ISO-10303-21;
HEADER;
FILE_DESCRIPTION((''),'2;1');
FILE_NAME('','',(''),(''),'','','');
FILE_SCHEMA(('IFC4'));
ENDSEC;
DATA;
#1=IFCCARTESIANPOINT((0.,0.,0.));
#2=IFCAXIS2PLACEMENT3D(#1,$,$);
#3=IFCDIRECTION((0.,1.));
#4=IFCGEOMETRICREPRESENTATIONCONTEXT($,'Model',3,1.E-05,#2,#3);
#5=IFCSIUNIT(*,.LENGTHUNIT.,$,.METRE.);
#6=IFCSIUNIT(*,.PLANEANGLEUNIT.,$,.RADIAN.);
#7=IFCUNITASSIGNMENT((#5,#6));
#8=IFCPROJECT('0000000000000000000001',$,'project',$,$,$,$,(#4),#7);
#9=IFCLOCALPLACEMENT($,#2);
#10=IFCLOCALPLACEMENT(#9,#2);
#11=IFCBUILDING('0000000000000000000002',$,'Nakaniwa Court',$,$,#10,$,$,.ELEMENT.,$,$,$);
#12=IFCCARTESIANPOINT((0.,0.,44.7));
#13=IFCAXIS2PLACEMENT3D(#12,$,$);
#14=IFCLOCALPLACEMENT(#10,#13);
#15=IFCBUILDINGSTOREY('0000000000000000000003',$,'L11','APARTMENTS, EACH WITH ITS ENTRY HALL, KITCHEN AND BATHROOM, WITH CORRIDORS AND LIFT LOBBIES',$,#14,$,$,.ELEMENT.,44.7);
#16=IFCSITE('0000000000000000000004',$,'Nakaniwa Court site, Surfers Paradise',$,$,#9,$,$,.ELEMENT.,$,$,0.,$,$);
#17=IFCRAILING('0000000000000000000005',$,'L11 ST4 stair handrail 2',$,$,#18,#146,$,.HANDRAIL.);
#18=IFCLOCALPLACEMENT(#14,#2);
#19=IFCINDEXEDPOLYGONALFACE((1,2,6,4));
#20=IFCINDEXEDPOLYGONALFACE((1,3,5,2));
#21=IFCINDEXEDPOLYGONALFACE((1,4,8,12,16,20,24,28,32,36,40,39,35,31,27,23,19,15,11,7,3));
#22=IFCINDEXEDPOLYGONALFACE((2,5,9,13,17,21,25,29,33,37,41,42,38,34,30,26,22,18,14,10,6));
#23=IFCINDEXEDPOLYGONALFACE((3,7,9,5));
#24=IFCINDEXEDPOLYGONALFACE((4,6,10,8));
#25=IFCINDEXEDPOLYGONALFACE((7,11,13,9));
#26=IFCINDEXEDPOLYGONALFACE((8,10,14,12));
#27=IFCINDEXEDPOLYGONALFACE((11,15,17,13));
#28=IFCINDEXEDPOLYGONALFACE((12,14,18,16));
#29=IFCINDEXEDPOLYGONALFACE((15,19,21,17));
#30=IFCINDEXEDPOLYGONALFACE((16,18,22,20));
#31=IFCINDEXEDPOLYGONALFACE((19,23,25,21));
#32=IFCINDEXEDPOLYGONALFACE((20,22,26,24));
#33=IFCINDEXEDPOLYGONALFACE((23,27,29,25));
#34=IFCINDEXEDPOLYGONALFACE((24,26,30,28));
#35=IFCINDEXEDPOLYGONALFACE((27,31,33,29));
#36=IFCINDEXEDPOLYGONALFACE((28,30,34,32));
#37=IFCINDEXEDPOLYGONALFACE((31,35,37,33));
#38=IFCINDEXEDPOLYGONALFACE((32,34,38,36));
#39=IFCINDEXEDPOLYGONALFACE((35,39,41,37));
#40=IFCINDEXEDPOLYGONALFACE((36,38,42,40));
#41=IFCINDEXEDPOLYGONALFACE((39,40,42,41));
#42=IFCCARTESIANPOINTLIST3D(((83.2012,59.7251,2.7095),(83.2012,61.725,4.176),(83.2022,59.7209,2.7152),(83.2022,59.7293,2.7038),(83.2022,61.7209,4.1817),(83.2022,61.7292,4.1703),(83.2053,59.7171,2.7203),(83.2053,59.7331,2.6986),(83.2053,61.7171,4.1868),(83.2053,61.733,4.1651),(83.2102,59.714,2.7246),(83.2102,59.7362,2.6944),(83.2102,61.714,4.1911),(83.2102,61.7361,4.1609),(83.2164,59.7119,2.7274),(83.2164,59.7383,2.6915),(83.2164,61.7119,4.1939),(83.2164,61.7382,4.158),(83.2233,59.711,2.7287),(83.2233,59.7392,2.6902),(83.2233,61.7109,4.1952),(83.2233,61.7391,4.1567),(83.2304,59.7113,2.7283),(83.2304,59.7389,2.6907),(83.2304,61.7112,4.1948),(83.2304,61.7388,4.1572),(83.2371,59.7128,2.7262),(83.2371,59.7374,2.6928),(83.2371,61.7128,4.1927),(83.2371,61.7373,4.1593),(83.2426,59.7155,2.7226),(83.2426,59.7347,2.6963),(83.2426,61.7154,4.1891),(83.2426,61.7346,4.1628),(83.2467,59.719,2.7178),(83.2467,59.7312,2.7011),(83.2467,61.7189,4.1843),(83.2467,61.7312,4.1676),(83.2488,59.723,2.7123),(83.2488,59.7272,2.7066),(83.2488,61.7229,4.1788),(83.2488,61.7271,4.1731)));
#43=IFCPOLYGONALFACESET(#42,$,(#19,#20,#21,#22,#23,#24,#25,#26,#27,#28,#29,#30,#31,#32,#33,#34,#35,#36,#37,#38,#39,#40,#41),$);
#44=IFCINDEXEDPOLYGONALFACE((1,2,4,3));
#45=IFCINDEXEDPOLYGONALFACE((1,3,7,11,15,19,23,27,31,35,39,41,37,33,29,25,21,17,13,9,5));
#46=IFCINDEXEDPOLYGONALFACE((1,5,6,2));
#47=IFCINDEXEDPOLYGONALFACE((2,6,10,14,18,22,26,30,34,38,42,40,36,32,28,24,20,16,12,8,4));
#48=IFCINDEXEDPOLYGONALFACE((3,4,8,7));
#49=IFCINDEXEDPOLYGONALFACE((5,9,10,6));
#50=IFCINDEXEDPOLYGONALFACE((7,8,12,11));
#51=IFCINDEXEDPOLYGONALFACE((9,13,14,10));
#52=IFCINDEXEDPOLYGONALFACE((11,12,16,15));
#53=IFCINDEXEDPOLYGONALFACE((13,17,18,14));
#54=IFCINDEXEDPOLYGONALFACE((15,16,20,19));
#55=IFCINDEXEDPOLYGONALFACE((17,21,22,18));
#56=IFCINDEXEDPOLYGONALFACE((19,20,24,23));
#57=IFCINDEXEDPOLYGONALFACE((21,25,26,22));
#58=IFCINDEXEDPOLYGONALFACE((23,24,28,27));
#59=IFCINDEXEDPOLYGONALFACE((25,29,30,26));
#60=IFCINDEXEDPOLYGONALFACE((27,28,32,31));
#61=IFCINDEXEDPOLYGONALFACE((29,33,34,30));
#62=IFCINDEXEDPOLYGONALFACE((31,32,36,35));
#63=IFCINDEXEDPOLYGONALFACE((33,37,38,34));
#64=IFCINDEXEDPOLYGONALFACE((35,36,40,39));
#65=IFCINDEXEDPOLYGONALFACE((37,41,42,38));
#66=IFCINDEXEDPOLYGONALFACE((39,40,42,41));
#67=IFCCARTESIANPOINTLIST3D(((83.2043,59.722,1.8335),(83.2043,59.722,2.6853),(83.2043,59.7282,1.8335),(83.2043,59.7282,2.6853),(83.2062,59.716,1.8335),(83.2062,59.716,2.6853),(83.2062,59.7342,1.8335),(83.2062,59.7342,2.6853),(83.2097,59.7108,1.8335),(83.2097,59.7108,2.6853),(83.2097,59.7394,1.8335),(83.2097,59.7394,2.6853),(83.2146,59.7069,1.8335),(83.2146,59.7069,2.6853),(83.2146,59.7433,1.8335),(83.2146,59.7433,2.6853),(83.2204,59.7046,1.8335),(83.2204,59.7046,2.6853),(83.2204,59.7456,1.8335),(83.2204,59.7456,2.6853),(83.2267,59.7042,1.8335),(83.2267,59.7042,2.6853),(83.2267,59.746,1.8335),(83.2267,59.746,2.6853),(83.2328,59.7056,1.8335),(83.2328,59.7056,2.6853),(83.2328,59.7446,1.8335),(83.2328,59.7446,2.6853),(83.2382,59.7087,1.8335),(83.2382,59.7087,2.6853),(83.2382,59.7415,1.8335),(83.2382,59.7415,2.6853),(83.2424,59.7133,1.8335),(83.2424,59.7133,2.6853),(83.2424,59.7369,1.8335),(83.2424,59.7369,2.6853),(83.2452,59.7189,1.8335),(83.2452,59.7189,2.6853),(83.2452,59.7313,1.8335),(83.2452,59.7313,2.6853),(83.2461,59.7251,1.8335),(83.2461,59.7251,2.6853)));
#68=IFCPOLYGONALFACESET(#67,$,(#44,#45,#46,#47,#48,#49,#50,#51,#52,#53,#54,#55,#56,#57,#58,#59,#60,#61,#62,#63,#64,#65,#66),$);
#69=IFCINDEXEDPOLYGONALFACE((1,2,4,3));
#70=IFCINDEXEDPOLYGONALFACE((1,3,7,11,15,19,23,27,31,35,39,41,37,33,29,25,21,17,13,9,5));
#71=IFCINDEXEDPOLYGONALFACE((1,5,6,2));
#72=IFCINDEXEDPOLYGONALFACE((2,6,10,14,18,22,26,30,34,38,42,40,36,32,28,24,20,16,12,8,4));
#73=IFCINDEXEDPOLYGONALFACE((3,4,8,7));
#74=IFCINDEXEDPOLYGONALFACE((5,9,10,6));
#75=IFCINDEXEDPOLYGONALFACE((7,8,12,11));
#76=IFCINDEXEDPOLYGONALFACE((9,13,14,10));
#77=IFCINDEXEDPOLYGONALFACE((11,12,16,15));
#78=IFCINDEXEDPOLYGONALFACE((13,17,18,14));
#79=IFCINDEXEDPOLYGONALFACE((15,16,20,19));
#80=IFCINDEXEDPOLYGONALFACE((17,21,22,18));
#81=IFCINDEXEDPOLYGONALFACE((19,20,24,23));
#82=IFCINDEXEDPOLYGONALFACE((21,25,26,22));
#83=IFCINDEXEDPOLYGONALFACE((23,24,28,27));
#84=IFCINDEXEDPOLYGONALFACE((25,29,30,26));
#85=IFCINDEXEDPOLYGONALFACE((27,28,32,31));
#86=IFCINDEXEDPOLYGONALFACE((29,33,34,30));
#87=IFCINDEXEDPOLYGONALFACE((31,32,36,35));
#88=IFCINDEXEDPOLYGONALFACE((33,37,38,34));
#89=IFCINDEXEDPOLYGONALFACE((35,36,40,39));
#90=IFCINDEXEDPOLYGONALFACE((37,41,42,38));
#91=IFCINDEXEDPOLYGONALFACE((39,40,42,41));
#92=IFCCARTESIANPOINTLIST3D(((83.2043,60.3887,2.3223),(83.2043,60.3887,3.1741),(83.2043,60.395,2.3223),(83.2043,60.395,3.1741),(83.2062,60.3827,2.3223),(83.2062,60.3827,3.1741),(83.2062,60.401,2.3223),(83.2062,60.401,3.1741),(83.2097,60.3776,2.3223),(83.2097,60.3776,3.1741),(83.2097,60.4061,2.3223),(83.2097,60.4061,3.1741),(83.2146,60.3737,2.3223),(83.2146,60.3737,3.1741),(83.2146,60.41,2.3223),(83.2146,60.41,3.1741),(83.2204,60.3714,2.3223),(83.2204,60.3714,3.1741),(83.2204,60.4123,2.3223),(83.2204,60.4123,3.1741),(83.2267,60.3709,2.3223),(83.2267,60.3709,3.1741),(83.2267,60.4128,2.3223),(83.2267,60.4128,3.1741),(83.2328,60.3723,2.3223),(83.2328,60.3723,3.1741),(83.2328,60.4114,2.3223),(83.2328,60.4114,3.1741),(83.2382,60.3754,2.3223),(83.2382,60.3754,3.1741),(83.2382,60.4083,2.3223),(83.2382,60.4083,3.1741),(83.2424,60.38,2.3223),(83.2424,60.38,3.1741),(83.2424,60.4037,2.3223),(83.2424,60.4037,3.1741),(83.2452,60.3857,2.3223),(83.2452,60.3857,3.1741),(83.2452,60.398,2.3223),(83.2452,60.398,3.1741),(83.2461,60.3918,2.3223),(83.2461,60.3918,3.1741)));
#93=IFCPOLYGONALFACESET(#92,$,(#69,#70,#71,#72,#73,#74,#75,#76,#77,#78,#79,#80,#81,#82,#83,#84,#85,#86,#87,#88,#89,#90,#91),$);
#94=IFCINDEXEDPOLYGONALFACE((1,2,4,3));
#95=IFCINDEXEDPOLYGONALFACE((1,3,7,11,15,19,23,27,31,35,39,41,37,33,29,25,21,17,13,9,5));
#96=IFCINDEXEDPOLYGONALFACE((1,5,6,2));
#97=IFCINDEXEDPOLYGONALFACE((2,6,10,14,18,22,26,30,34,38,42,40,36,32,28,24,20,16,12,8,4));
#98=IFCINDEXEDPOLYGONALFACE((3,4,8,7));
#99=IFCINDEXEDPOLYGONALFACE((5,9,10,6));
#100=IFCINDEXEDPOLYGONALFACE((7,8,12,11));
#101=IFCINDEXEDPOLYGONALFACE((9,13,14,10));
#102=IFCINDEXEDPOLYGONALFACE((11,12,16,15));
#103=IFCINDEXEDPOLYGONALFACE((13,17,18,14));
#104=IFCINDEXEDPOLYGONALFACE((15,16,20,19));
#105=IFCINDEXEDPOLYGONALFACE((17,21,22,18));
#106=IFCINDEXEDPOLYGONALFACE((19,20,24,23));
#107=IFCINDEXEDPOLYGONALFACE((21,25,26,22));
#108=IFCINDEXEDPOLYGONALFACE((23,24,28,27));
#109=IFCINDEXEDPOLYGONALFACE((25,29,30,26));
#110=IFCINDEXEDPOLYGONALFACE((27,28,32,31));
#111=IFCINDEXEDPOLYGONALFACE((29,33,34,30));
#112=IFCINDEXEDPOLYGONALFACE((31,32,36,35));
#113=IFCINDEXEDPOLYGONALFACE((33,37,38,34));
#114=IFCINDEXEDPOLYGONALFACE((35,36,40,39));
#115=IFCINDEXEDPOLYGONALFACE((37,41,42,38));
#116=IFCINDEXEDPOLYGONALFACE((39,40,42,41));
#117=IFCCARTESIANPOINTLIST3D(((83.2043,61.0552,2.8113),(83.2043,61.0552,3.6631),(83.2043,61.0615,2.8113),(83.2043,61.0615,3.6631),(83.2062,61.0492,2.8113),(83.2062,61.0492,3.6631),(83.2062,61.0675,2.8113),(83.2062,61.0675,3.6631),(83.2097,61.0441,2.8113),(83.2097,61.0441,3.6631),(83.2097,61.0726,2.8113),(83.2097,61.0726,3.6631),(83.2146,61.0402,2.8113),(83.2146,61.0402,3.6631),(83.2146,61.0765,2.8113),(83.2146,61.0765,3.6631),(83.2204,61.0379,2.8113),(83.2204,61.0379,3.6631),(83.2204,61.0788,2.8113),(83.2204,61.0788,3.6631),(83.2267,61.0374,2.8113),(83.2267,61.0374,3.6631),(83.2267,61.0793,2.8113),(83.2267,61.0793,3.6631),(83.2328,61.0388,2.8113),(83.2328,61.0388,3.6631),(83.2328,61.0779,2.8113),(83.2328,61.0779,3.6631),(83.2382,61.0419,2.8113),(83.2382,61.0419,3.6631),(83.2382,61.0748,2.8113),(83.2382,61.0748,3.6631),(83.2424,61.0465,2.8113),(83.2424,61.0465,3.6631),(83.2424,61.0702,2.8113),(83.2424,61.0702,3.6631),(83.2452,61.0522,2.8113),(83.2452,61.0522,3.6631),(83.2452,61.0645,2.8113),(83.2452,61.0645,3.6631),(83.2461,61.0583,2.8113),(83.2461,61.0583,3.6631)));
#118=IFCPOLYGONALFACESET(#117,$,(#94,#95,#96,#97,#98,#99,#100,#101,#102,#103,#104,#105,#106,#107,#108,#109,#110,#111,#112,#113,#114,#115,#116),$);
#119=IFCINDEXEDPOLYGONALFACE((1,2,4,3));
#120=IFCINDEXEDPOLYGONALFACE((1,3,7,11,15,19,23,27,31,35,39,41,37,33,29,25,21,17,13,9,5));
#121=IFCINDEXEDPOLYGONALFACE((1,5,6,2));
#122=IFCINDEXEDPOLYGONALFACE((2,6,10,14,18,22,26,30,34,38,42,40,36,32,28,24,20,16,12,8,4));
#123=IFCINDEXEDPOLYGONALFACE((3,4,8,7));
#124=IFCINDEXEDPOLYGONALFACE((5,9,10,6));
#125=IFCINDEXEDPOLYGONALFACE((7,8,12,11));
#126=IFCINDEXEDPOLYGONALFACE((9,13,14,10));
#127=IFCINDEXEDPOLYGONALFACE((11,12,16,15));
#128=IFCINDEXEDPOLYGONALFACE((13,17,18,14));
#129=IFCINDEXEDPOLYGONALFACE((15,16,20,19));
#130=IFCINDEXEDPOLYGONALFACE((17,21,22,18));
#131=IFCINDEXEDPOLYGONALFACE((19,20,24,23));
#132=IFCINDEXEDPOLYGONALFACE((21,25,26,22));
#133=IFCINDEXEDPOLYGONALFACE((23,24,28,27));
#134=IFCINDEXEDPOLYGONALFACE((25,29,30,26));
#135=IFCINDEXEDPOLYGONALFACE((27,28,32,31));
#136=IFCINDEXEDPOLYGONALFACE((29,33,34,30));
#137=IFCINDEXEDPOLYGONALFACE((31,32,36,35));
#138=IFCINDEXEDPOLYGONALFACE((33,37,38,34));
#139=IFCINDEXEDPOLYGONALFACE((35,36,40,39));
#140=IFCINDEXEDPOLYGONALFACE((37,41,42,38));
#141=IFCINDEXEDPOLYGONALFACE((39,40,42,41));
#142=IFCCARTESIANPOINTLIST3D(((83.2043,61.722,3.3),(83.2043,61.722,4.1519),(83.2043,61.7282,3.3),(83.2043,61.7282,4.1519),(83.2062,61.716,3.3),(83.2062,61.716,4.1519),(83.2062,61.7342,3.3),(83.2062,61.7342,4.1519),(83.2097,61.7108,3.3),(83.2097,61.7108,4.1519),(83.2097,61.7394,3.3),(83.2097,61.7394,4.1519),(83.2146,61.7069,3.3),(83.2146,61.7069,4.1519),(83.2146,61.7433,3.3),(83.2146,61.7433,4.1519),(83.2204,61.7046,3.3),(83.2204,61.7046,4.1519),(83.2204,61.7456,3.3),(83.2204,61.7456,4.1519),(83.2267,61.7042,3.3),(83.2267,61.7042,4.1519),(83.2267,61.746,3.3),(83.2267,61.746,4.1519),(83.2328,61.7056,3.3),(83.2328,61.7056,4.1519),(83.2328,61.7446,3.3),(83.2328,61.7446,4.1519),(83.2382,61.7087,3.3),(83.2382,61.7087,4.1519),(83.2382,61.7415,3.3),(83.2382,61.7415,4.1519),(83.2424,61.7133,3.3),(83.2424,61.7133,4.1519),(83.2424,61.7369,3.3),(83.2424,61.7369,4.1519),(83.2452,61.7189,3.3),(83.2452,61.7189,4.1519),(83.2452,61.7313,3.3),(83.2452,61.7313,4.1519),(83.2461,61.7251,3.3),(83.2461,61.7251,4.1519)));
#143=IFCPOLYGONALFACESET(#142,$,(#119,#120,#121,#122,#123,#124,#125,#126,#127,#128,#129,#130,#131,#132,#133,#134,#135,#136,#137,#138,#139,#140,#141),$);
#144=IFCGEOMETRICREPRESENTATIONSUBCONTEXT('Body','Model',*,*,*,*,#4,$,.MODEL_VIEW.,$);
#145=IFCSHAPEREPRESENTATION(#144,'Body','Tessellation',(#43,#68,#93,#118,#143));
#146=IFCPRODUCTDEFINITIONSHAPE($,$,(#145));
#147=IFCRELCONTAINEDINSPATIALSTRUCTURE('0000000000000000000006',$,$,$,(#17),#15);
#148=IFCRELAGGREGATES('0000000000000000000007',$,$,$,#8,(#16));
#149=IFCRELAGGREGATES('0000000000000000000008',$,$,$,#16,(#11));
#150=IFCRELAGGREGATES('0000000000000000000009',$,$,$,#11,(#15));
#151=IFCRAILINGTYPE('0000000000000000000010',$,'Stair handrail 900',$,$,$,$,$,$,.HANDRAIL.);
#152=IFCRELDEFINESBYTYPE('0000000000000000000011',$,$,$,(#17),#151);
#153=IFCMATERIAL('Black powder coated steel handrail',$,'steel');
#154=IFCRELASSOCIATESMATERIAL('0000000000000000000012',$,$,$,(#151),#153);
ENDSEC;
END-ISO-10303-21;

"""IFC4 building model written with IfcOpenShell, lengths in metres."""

from ifc_helpers import new_model, si_unit, direction, frame, origin, origin_2d, place, context, subcontext, project, spatial, circle, extrude, material, type_object, element, save


model = new_model("IFC4")

# Units and contexts
model_context = context("Model", 3, precision=1e-05, world=origin(), true_north=direction((0.0, 1.0)))
body_context = subcontext(model_context, "Body", "Model", "MODEL_VIEW")
ifc_project = project(units=[si_unit("LENGTHUNIT", "METRE"), si_unit("PLANEANGLEUNIT", "RADIAN")], contexts=[model_context])

# Site, building, storey
site_placement = place(None, origin())
site = spatial("IfcSite", under=ifc_project, at=site_placement, Name="Nakaniwa Court site, Surfers Paradise", CompositionType="ELEMENT", RefElevation=0.0)
building_placement = place(site_placement, origin())
building = spatial("IfcBuilding", under=site, at=building_placement, Name="Nakaniwa Court", CompositionType="ELEMENT")
storey_placement = place(building_placement, frame((0.0, 0.0, 44.7)))
storey = spatial("IfcBuildingStorey", under=building, at=storey_placement, Name="L11", Description="APARTMENTS, EACH WITH ITS ENTRY HALL, KITCHEN AND BATHROOM, WITH CORRIDORS AND LIFT LOBBIES", CompositionType="ELEMENT", Elevation=44.7)

# Railing
ifc_material_1 = material(Name="Black powder coated steel handrail", Category="steel")
railing_type_1 = type_object("IfcRailingType", Name="Stair handrail 900", PredefinedType="HANDRAIL", material=ifc_material_1)
railing_1_placement = place(storey_placement, frame((83.2251, 59.7251, 1.8335)))
element("IfcRailing", 1, at=railing_1_placement, inside=storey, type_object=railing_type_1, Name="L11 ST4 stair handrail 2", PredefinedType="HANDRAIL", context=body_context, shape_type="SweptSolid", body=[
    extrude(circle(Radius=0.0239, at=origin_2d()), frame((0.0, 0.0, 0.876), z_axis=(0.0, 0.806427, 0.591334), x_axis=(-1.0, 0.0, 0.0)), (0.0, 0.0, 1.0), 2.48),
    extrude(circle(Radius=0.021, at=origin_2d()), origin(), (0.0, 0.0, 1.0), 0.8518),
    extrude(circle(Radius=0.021, at=origin_2d()), frame((0.0, 0.6667, 0.4888)), (0.0, 0.0, 1.0), 0.8518),
    extrude(circle(Radius=0.021, at=origin_2d()), frame((0.0, 1.3333, 0.9778)), (0.0, 0.0, 1.0), 0.8518),
    extrude(circle(Radius=0.021, at=origin_2d()), frame((0.0, 2.0, 1.4666)), (0.0, 0.0, 1.0), 0.8518),
])

save(model, "model.ifc")
